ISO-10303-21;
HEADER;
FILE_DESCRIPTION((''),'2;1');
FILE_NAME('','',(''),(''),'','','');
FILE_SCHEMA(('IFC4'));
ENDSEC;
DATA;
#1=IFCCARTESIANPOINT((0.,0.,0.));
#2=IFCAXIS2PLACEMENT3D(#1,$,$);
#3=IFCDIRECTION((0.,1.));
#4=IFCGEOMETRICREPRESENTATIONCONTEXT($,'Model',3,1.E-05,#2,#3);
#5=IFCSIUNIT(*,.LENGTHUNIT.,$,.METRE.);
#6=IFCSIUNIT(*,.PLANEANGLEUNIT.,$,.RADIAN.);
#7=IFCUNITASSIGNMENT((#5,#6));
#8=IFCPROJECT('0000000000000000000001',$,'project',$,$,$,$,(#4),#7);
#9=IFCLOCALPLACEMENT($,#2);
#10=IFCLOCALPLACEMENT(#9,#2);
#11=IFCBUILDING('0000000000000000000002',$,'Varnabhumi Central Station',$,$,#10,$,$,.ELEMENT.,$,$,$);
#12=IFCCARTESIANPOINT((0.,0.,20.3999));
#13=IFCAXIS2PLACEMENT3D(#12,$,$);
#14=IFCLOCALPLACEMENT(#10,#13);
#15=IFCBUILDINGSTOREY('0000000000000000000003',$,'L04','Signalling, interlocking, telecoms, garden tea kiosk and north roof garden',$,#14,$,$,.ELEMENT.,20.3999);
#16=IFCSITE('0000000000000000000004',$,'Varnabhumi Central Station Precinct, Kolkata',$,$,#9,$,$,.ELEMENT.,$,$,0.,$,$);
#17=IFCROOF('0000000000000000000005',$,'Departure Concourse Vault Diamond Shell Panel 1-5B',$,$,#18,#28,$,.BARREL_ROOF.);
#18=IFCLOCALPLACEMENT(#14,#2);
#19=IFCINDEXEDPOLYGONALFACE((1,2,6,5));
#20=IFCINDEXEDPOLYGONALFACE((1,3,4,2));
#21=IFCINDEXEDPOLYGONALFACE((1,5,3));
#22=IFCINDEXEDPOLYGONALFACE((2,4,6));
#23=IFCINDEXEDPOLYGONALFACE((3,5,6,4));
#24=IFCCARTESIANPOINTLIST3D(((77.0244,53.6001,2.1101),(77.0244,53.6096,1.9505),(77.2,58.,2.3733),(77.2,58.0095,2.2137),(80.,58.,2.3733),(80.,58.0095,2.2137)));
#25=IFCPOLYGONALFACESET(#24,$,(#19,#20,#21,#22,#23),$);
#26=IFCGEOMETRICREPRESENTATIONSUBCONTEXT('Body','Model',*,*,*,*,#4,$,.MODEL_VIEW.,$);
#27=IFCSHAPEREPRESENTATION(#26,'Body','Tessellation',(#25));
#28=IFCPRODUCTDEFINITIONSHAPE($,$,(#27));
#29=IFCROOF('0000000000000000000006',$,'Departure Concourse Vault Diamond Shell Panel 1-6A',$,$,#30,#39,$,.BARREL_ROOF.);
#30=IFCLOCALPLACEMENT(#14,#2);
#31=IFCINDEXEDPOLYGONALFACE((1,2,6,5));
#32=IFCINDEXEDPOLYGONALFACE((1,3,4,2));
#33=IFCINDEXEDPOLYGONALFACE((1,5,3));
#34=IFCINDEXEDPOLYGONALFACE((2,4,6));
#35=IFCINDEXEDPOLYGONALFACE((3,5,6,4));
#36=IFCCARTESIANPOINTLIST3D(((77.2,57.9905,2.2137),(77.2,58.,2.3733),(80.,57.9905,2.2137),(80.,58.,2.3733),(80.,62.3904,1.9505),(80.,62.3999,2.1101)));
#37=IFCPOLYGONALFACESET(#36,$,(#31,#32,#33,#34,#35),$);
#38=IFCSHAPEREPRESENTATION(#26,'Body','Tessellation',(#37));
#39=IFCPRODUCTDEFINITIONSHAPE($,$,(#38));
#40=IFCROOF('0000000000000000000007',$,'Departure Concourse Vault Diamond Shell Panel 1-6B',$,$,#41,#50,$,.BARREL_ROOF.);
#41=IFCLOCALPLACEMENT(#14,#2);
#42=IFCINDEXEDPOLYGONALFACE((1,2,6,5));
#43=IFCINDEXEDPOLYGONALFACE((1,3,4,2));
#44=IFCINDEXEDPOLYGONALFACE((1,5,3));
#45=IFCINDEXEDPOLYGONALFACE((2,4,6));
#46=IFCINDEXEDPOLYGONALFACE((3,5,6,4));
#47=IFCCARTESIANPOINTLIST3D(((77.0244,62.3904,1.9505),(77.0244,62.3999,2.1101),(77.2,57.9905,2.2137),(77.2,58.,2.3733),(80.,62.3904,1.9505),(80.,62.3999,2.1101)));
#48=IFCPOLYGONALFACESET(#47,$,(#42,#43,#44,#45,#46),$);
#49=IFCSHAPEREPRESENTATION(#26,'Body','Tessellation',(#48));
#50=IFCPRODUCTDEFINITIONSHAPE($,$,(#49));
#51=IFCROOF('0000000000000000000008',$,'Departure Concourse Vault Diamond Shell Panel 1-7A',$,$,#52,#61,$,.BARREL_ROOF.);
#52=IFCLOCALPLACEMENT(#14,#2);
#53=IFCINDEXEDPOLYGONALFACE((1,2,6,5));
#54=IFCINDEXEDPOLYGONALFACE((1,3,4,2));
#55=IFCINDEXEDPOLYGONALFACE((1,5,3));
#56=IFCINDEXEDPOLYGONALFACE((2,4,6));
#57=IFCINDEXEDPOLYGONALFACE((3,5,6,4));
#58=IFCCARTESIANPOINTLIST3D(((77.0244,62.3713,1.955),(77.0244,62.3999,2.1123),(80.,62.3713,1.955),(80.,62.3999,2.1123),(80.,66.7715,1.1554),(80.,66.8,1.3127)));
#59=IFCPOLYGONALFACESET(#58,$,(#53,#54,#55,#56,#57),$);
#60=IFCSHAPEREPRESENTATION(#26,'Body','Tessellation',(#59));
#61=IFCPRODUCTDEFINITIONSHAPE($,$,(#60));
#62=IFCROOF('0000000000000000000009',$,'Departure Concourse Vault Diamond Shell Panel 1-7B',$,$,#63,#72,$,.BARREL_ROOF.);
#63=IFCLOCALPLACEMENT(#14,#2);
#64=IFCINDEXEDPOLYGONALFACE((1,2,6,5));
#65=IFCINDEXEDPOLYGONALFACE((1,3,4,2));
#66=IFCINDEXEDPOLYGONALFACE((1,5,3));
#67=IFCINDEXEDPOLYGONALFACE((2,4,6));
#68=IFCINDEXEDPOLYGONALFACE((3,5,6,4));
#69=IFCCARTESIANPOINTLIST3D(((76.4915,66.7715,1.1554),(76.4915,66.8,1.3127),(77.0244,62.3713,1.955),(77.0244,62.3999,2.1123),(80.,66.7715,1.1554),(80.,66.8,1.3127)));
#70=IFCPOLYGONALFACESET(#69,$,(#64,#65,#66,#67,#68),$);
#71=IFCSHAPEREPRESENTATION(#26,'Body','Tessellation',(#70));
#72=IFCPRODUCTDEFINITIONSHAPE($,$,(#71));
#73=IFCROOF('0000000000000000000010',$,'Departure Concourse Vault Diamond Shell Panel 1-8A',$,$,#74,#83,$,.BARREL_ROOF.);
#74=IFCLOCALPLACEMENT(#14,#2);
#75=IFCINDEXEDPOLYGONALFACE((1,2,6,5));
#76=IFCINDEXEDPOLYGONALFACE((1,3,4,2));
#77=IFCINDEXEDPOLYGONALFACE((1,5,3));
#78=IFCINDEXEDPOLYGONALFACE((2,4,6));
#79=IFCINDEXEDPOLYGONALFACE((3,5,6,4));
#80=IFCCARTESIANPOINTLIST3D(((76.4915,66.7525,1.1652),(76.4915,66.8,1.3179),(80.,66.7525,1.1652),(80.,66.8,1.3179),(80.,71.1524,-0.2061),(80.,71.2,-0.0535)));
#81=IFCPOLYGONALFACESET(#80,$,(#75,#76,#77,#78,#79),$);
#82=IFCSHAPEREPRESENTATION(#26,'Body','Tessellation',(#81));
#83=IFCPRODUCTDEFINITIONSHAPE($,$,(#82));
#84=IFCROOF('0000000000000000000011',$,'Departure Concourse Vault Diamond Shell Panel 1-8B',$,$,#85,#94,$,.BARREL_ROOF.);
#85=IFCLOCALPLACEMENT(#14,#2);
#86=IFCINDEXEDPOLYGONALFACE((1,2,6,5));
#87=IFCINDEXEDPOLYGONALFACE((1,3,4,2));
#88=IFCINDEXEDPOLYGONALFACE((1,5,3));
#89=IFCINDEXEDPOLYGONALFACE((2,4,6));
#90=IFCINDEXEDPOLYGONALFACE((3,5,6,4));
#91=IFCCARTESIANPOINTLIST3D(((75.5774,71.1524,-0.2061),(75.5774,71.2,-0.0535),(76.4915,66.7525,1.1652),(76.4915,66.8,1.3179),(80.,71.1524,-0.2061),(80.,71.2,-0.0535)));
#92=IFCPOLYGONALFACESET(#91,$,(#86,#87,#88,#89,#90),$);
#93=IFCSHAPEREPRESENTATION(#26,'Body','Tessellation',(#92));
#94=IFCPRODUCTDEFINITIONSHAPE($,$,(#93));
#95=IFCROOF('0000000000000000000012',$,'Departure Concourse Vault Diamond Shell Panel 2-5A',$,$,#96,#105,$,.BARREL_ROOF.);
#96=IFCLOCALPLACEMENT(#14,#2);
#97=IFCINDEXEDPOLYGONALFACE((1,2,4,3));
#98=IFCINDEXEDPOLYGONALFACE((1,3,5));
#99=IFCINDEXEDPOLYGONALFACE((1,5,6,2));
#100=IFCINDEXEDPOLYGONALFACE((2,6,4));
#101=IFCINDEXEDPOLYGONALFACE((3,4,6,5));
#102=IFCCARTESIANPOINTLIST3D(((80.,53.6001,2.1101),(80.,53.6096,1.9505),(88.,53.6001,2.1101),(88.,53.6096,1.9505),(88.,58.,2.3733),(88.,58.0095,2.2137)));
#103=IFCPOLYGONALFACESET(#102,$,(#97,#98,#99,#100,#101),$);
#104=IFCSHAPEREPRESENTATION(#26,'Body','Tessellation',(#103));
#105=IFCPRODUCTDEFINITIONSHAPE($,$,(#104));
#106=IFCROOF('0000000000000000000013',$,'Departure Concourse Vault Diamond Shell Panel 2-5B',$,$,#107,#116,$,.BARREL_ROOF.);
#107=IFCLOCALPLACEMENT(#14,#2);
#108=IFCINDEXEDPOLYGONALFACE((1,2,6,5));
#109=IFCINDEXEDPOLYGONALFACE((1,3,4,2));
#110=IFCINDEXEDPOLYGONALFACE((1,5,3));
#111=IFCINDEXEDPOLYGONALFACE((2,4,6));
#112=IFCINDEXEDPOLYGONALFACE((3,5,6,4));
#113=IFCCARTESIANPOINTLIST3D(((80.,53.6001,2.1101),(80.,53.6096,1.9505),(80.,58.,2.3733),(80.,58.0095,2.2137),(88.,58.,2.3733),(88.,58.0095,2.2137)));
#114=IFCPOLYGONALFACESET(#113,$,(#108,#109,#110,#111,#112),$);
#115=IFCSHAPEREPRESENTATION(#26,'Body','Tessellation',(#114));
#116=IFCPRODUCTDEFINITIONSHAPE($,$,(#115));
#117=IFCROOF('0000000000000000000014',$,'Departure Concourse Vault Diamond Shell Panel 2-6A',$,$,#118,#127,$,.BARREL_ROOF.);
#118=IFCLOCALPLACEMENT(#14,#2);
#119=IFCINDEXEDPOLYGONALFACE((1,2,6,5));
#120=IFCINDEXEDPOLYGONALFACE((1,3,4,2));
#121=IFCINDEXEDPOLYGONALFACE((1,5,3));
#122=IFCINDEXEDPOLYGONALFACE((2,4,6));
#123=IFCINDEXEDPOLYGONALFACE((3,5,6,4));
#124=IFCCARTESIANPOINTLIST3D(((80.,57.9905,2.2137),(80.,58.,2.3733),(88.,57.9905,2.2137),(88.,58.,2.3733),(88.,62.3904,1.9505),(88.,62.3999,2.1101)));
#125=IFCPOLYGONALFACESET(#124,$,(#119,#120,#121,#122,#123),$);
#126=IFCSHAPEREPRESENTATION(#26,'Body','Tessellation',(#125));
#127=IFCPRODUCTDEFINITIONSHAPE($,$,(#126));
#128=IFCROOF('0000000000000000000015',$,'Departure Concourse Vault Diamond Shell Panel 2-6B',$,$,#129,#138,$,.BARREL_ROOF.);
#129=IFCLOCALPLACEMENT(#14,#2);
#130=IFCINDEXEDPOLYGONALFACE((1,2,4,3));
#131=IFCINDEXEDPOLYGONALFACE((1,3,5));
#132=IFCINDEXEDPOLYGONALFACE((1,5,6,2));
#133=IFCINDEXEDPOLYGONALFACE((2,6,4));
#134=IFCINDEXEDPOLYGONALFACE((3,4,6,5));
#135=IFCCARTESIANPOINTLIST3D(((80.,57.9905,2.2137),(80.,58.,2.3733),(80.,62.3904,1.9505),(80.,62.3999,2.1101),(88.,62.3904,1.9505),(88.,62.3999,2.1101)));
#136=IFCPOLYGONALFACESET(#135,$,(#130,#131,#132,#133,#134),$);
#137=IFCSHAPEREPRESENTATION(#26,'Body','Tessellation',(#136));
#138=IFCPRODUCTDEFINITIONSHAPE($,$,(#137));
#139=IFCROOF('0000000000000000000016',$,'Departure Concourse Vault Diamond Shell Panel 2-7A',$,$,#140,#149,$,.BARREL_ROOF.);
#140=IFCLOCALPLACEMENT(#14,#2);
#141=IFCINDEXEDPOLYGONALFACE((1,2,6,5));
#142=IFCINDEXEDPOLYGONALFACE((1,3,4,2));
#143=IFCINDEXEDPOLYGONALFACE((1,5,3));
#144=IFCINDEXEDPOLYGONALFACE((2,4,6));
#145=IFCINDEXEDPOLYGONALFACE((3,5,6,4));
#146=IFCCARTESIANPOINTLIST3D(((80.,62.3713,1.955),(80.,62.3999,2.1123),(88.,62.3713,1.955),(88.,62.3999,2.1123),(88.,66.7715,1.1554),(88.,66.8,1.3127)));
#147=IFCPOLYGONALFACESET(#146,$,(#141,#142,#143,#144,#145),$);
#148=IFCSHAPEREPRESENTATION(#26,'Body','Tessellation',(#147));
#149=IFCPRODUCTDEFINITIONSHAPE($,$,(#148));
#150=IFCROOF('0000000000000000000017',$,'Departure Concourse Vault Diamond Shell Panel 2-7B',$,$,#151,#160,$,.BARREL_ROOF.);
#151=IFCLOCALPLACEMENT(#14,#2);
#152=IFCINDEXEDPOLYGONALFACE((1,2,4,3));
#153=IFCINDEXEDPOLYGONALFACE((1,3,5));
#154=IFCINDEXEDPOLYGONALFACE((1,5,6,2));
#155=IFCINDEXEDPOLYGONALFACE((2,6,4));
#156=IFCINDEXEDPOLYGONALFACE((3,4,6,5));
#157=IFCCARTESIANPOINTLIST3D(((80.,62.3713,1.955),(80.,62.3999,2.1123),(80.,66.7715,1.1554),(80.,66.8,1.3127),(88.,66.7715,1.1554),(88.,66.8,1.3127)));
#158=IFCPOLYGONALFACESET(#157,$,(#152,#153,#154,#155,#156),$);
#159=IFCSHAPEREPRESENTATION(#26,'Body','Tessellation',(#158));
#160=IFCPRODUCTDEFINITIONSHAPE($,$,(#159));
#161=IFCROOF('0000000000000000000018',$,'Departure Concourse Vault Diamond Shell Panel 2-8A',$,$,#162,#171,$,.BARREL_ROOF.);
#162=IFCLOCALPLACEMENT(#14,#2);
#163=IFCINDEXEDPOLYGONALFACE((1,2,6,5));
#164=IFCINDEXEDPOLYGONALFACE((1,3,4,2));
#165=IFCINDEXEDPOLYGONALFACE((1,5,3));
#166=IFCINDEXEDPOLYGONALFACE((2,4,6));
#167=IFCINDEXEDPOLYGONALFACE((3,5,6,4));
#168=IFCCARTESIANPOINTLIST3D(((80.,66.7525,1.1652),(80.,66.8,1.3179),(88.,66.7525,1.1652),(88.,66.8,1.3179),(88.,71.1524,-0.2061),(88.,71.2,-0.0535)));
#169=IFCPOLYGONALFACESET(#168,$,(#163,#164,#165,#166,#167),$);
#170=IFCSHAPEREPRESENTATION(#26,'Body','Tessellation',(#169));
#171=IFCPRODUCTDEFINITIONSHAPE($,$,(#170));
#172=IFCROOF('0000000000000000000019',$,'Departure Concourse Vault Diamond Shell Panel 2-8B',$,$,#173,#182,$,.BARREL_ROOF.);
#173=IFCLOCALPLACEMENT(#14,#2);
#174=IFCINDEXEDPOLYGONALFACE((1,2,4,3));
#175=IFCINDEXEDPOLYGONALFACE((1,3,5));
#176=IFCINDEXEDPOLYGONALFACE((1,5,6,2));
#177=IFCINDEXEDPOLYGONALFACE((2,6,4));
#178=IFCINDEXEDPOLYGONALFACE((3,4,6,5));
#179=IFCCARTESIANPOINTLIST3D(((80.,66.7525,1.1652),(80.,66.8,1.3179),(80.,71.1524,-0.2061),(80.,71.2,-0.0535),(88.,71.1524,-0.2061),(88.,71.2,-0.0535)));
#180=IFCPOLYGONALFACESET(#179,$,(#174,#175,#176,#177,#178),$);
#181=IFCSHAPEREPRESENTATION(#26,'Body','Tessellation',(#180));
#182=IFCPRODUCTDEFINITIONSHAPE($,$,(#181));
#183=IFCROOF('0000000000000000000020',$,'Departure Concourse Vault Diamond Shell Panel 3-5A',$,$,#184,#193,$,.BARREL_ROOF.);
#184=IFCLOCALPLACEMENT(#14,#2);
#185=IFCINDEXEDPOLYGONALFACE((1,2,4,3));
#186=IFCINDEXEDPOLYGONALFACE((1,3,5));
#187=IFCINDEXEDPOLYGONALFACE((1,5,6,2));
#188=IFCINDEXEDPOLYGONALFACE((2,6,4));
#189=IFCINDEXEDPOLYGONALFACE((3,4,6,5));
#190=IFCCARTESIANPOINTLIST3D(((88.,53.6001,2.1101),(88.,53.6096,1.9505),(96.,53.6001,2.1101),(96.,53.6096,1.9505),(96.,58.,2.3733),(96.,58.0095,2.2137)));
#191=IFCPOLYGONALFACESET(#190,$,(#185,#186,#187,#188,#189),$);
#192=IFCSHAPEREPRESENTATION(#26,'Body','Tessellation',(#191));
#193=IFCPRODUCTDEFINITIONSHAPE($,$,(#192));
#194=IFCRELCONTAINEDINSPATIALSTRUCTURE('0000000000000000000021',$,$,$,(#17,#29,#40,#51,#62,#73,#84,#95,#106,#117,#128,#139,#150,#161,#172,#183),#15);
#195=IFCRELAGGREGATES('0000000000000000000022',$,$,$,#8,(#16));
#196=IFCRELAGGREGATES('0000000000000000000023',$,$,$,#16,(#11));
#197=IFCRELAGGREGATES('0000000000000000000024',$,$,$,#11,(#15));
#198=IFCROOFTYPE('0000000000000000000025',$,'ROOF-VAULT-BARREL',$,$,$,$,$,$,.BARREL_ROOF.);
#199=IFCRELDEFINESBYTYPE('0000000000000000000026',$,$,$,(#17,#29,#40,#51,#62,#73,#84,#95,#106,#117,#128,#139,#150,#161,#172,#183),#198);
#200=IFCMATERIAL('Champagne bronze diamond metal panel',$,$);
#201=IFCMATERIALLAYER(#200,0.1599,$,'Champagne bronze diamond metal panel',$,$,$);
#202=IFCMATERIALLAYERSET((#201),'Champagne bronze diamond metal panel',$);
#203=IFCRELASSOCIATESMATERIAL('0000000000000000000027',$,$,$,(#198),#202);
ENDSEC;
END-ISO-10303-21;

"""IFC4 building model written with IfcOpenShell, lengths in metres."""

from ifc_helpers import new_model, si_unit, direction, frame, origin, place, context, subcontext, project, spatial, polyline, outline, extrude, material, layer, layer_set, type_object, element, save


model = new_model("IFC4")

# Units and contexts
model_context = context("Model", 3, precision=1e-05, world=origin(), true_north=direction((0.0, 1.0)))
body_context = subcontext(model_context, "Body", "Model", "MODEL_VIEW")
ifc_project = project(units=[si_unit("LENGTHUNIT", "METRE"), si_unit("PLANEANGLEUNIT", "RADIAN")], contexts=[model_context])

# Site, building, storey
site_placement = place(None, origin())
site = spatial("IfcSite", under=ifc_project, at=site_placement, Name="Varnabhumi Central Station Precinct, Kolkata", CompositionType="ELEMENT", RefElevation=0.0)
building_placement = place(site_placement, origin())
building = spatial("IfcBuilding", under=site, at=building_placement, Name="Varnabhumi Central Station", CompositionType="ELEMENT")
storey_placement = place(building_placement, frame((0.0, 0.0, 20.3999)))
storey = spatial("IfcBuildingStorey", under=building, at=storey_placement, Name="L04", Description="Signalling, interlocking, telecoms, garden tea kiosk and north roof garden", CompositionType="ELEMENT", Elevation=20.3999)

# Roofs
ifc_material_1 = material(Name="Champagne bronze diamond metal panel")
ifc_layer_1 = layer(ifc_material_1, 0.1599, Name="Champagne bronze diamond metal panel")
ifc_layer_set_1 = layer_set([ifc_layer_1], Name="Champagne bronze diamond metal panel")
roof_type_1 = type_object("IfcRoofType", Name="ROOF-VAULT-BARREL", PredefinedType="BARREL_ROOF", material=ifc_layer_set_1)
roof_1_placement = place(storey_placement, frame((77.0244, 53.6001, 2.1101), z_axis=(0.0, -0.059709, 0.998216), x_axis=(0.559517, 0.82734, 0.049488)))
element("IfcRoof", 1, at=roof_1_placement, inside=storey, type_object=roof_type_1, Name="Departure Concourse Vault Diamond Shell Panel 1-5B", PredefinedType="BARREL_ROOF", context=body_context, shape_type="SweptSolid", body=[
    extrude(outline(polyline([(0.0, 0.0), (5.3181, 0.0), (3.7515, 2.3207), (0.0, 0.0)])), origin(), (0.0, 0.0, -1.0), 0.1599),
])
roof_2_placement = place(storey_placement, frame((77.2, 58.0, 2.3733), z_axis=(0.0, 0.059709, 0.998216), x_axis=(1.0, 0.0, 0.0)))
element("IfcRoof", 2, at=roof_2_placement, inside=storey, type_object=roof_type_1, Name="Departure Concourse Vault Diamond Shell Panel 1-6A", PredefinedType="BARREL_ROOF", context=body_context, shape_type="SweptSolid", body=[
    extrude(outline(polyline([(0.0, 0.0), (2.8, 0.0), (2.8, 4.4078), (0.0, 0.0)])), origin(), (0.0, 0.0, -1.0), 0.1599),
])
roof_3_placement = place(storey_placement, frame((77.2, 58.0, 2.3733), z_axis=(0.0, 0.059709, 0.998216), x_axis=(0.536208, 0.84258, -0.0504)))
element("IfcRoof", 3, at=roof_3_placement, inside=storey, type_object=roof_type_1, Name="Departure Concourse Vault Diamond Shell Panel 1-6B", PredefinedType="BARREL_ROOF", context=body_context, shape_type="SweptSolid", body=[
    extrude(outline(polyline([(0.0, 0.0), (5.2219, 0.0), (3.6264, 2.5116), (0.0, 0.0)])), origin(), (0.0, 0.0, -1.0), 0.1599),
])
roof_4_placement = place(storey_placement, frame((77.0244, 62.3999, 2.1123), z_axis=(0.0, 0.178785, 0.983888), x_axis=(1.0, 0.0, 0.0)))
element("IfcRoof", 4, at=roof_4_placement, inside=storey, type_object=roof_type_1, Name="Departure Concourse Vault Diamond Shell Panel 1-7A", PredefinedType="BARREL_ROOF", context=body_context, shape_type="SweptSolid", body=[
    extrude(outline(polyline([(0.0, 0.0), (2.9756, 0.0), (2.9756, 4.4722), (0.0, 0.0)])), origin(), (0.0, 0.0, -1.0), 0.1599),
])
roof_5_placement = place(storey_placement, frame((77.0244, 62.3999, 2.1123), z_axis=(0.0, 0.178785, 0.983888), x_axis=(0.553942, 0.819141, -0.148848)))
element("IfcRoof", 5, at=roof_5_placement, inside=storey, type_object=roof_type_1, Name="Departure Concourse Vault Diamond Shell Panel 1-7B", PredefinedType="BARREL_ROOF", context=body_context, shape_type="SweptSolid", body=[
    extrude(outline(polyline([(0.0, 0.0), (5.3717, 0.0), (3.4281, 2.9211), (0.0, 0.0)])), origin(), (0.0, 0.0, -1.0), 0.1599),
])
roof_6_placement = place(storey_placement, frame((76.4915, 66.8, 1.3179), z_axis=(0.0, 0.297557, 0.954704), x_axis=(1.0, 0.0, 0.0)))
element("IfcRoof", 6, at=roof_6_placement, inside=storey, type_object=roof_type_1, Name="Departure Concourse Vault Diamond Shell Panel 1-8A", PredefinedType="BARREL_ROOF", context=body_context, shape_type="SweptSolid", body=[
    extrude(outline(polyline([(0.0, 0.0), (3.5085, 0.0), (3.5085, 4.6087), (0.0, 0.0)])), origin(), (0.0, 0.0, -1.0), 0.1599),
])
roof_7_placement = place(storey_placement, frame((76.4915, 66.8, 1.3179), z_axis=(0.0, 0.297557, 0.954704), x_axis=(0.605736, 0.759625, -0.236756)))
element("IfcRoof", 7, at=roof_7_placement, inside=storey, type_object=roof_type_1, Name="Departure Concourse Vault Diamond Shell Panel 1-8B", PredefinedType="BARREL_ROOF", context=body_context, shape_type="SweptSolid", body=[
    extrude(outline(polyline([(0.0, 0.0), (5.7922, 0.0), (3.1133, 3.5189), (0.0, 0.0)])), origin(), (0.0, 0.0, -1.0), 0.1599),
])
roof_8_placement = place(storey_placement, frame((80.0, 53.6001, 2.1101), z_axis=(0.0, -0.059709, 0.998216), x_axis=(1.0, 0.0, 0.0)))
element("IfcRoof", 8, at=roof_8_placement, inside=storey, type_object=roof_type_1, Name="Departure Concourse Vault Diamond Shell Panel 2-5A", PredefinedType="BARREL_ROOF", context=body_context, shape_type="SweptSolid", body=[
    extrude(outline(polyline([(0.0, 0.0), (8.0, 0.0), (8.0, 4.4078), (0.0, 0.0)])), origin(), (0.0, 0.0, -1.0), 0.1599),
])
roof_9_placement = place(storey_placement, frame((80.0, 53.6001, 2.1101), z_axis=(0.0, -0.059709, 0.998216), x_axis=(0.875857, 0.48171, 0.028814)))
element("IfcRoof", 9, at=roof_9_placement, inside=storey, type_object=roof_type_1, Name="Departure Concourse Vault Diamond Shell Panel 2-5B", PredefinedType="BARREL_ROOF", context=body_context, shape_type="SweptSolid", body=[
    extrude(outline(polyline([(0.0, 0.0), (9.1339, 0.0), (2.1271, 3.8606), (0.0, 0.0)])), origin(), (0.0, 0.0, -1.0), 0.1599),
])
roof_10_placement = place(storey_placement, frame((80.0, 58.0, 2.3733), z_axis=(0.0, 0.059709, 0.998216), x_axis=(1.0, 0.0, 0.0)))
element("IfcRoof", 10, at=roof_10_placement, inside=storey, type_object=roof_type_1, Name="Departure Concourse Vault Diamond Shell Panel 2-6A", PredefinedType="BARREL_ROOF", context=body_context, shape_type="SweptSolid", body=[
    extrude(outline(polyline([(0.0, 0.0), (8.0, 0.0), (8.0, 4.4078), (0.0, 0.0)])), origin(), (0.0, 0.0, -1.0), 0.1599),
])
roof_11_placement = place(storey_placement, frame((80.0, 58.0, 2.3733), z_axis=(0.0, 0.059709, 0.998216), x_axis=(0.875857, 0.48171, -0.028814)))
element("IfcRoof", 11, at=roof_11_placement, inside=storey, type_object=roof_type_1, Name="Departure Concourse Vault Diamond Shell Panel 2-6B", PredefinedType="BARREL_ROOF", context=body_context, shape_type="SweptSolid", body=[
    extrude(outline(polyline([(0.0, 0.0), (9.1339, 0.0), (2.1271, 3.8606), (0.0, 0.0)])), origin(), (0.0, 0.0, -1.0), 0.1599),
])
roof_12_placement = place(storey_placement, frame((80.0, 62.3999, 2.1123), z_axis=(0.0, 0.178785, 0.983888), x_axis=(1.0, 0.0, 0.0)))
element("IfcRoof", 12, at=roof_12_placement, inside=storey, type_object=roof_type_1, Name="Departure Concourse Vault Diamond Shell Panel 2-7A", PredefinedType="BARREL_ROOF", context=body_context, shape_type="SweptSolid", body=[
    extrude(outline(polyline([(0.0, 0.0), (8.0, 0.0), (8.0, 4.4722), (0.0, 0.0)])), origin(), (0.0, 0.0, -1.0), 0.1599),
])
roof_13_placement = place(storey_placement, frame((80.0, 62.3999, 2.1123), z_axis=(0.0, 0.178785, 0.983888), x_axis=(0.872869, 0.480094, -0.087239)))
element("IfcRoof", 13, at=roof_13_placement, inside=storey, type_object=roof_type_1, Name="Departure Concourse Vault Diamond Shell Panel 2-7B", PredefinedType="BARREL_ROOF", context=body_context, shape_type="SweptSolid", body=[
    extrude(outline(polyline([(0.0, 0.0), (9.1652, 0.0), (2.1822, 3.9036), (0.0, 0.0)])), origin(), (0.0, 0.0, -1.0), 0.1599),
])
roof_14_placement = place(storey_placement, frame((80.0, 66.8, 1.3179), z_axis=(0.0, 0.297557, 0.954704), x_axis=(1.0, 0.0, 0.0)))
element("IfcRoof", 14, at=roof_14_placement, inside=storey, type_object=roof_type_1, Name="Departure Concourse Vault Diamond Shell Panel 2-8A", PredefinedType="BARREL_ROOF", context=body_context, shape_type="SweptSolid", body=[
    extrude(outline(polyline([(0.0, 0.0), (8.0, 0.0), (8.0, 4.6087), (0.0, 0.0)])), origin(), (0.0, 0.0, -1.0), 0.1599),
])
roof_15_placement = place(storey_placement, frame((80.0, 66.8, 1.3179), z_axis=(0.0, 0.297557, 0.954704), x_axis=(0.866501, 0.476565, -0.148533)))
element("IfcRoof", 15, at=roof_15_placement, inside=storey, type_object=roof_type_1, Name="Departure Concourse Vault Diamond Shell Panel 2-8B", PredefinedType="BARREL_ROOF", context=body_context, shape_type="SweptSolid", body=[
    extrude(outline(polyline([(0.0, 0.0), (9.2325, 0.0), (2.3005, 3.9934), (0.0, 0.0)])), origin(), (0.0, 0.0, -1.0), 0.1599),
])
roof_16_placement = place(storey_placement, frame((88.0, 53.6001, 2.1101), z_axis=(0.0, -0.059709, 0.998216), x_axis=(1.0, 0.0, 0.0)))
element("IfcRoof", 16, at=roof_16_placement, inside=storey, type_object=roof_type_1, Name="Departure Concourse Vault Diamond Shell Panel 3-5A", PredefinedType="BARREL_ROOF", context=body_context, shape_type="SweptSolid", body=[
    extrude(outline(polyline([(0.0, 0.0), (8.0, 0.0), (8.0, 4.4078), (0.0, 0.0)])), origin(), (0.0, 0.0, -1.0), 0.1599),
])

save(model, "model.ifc")
